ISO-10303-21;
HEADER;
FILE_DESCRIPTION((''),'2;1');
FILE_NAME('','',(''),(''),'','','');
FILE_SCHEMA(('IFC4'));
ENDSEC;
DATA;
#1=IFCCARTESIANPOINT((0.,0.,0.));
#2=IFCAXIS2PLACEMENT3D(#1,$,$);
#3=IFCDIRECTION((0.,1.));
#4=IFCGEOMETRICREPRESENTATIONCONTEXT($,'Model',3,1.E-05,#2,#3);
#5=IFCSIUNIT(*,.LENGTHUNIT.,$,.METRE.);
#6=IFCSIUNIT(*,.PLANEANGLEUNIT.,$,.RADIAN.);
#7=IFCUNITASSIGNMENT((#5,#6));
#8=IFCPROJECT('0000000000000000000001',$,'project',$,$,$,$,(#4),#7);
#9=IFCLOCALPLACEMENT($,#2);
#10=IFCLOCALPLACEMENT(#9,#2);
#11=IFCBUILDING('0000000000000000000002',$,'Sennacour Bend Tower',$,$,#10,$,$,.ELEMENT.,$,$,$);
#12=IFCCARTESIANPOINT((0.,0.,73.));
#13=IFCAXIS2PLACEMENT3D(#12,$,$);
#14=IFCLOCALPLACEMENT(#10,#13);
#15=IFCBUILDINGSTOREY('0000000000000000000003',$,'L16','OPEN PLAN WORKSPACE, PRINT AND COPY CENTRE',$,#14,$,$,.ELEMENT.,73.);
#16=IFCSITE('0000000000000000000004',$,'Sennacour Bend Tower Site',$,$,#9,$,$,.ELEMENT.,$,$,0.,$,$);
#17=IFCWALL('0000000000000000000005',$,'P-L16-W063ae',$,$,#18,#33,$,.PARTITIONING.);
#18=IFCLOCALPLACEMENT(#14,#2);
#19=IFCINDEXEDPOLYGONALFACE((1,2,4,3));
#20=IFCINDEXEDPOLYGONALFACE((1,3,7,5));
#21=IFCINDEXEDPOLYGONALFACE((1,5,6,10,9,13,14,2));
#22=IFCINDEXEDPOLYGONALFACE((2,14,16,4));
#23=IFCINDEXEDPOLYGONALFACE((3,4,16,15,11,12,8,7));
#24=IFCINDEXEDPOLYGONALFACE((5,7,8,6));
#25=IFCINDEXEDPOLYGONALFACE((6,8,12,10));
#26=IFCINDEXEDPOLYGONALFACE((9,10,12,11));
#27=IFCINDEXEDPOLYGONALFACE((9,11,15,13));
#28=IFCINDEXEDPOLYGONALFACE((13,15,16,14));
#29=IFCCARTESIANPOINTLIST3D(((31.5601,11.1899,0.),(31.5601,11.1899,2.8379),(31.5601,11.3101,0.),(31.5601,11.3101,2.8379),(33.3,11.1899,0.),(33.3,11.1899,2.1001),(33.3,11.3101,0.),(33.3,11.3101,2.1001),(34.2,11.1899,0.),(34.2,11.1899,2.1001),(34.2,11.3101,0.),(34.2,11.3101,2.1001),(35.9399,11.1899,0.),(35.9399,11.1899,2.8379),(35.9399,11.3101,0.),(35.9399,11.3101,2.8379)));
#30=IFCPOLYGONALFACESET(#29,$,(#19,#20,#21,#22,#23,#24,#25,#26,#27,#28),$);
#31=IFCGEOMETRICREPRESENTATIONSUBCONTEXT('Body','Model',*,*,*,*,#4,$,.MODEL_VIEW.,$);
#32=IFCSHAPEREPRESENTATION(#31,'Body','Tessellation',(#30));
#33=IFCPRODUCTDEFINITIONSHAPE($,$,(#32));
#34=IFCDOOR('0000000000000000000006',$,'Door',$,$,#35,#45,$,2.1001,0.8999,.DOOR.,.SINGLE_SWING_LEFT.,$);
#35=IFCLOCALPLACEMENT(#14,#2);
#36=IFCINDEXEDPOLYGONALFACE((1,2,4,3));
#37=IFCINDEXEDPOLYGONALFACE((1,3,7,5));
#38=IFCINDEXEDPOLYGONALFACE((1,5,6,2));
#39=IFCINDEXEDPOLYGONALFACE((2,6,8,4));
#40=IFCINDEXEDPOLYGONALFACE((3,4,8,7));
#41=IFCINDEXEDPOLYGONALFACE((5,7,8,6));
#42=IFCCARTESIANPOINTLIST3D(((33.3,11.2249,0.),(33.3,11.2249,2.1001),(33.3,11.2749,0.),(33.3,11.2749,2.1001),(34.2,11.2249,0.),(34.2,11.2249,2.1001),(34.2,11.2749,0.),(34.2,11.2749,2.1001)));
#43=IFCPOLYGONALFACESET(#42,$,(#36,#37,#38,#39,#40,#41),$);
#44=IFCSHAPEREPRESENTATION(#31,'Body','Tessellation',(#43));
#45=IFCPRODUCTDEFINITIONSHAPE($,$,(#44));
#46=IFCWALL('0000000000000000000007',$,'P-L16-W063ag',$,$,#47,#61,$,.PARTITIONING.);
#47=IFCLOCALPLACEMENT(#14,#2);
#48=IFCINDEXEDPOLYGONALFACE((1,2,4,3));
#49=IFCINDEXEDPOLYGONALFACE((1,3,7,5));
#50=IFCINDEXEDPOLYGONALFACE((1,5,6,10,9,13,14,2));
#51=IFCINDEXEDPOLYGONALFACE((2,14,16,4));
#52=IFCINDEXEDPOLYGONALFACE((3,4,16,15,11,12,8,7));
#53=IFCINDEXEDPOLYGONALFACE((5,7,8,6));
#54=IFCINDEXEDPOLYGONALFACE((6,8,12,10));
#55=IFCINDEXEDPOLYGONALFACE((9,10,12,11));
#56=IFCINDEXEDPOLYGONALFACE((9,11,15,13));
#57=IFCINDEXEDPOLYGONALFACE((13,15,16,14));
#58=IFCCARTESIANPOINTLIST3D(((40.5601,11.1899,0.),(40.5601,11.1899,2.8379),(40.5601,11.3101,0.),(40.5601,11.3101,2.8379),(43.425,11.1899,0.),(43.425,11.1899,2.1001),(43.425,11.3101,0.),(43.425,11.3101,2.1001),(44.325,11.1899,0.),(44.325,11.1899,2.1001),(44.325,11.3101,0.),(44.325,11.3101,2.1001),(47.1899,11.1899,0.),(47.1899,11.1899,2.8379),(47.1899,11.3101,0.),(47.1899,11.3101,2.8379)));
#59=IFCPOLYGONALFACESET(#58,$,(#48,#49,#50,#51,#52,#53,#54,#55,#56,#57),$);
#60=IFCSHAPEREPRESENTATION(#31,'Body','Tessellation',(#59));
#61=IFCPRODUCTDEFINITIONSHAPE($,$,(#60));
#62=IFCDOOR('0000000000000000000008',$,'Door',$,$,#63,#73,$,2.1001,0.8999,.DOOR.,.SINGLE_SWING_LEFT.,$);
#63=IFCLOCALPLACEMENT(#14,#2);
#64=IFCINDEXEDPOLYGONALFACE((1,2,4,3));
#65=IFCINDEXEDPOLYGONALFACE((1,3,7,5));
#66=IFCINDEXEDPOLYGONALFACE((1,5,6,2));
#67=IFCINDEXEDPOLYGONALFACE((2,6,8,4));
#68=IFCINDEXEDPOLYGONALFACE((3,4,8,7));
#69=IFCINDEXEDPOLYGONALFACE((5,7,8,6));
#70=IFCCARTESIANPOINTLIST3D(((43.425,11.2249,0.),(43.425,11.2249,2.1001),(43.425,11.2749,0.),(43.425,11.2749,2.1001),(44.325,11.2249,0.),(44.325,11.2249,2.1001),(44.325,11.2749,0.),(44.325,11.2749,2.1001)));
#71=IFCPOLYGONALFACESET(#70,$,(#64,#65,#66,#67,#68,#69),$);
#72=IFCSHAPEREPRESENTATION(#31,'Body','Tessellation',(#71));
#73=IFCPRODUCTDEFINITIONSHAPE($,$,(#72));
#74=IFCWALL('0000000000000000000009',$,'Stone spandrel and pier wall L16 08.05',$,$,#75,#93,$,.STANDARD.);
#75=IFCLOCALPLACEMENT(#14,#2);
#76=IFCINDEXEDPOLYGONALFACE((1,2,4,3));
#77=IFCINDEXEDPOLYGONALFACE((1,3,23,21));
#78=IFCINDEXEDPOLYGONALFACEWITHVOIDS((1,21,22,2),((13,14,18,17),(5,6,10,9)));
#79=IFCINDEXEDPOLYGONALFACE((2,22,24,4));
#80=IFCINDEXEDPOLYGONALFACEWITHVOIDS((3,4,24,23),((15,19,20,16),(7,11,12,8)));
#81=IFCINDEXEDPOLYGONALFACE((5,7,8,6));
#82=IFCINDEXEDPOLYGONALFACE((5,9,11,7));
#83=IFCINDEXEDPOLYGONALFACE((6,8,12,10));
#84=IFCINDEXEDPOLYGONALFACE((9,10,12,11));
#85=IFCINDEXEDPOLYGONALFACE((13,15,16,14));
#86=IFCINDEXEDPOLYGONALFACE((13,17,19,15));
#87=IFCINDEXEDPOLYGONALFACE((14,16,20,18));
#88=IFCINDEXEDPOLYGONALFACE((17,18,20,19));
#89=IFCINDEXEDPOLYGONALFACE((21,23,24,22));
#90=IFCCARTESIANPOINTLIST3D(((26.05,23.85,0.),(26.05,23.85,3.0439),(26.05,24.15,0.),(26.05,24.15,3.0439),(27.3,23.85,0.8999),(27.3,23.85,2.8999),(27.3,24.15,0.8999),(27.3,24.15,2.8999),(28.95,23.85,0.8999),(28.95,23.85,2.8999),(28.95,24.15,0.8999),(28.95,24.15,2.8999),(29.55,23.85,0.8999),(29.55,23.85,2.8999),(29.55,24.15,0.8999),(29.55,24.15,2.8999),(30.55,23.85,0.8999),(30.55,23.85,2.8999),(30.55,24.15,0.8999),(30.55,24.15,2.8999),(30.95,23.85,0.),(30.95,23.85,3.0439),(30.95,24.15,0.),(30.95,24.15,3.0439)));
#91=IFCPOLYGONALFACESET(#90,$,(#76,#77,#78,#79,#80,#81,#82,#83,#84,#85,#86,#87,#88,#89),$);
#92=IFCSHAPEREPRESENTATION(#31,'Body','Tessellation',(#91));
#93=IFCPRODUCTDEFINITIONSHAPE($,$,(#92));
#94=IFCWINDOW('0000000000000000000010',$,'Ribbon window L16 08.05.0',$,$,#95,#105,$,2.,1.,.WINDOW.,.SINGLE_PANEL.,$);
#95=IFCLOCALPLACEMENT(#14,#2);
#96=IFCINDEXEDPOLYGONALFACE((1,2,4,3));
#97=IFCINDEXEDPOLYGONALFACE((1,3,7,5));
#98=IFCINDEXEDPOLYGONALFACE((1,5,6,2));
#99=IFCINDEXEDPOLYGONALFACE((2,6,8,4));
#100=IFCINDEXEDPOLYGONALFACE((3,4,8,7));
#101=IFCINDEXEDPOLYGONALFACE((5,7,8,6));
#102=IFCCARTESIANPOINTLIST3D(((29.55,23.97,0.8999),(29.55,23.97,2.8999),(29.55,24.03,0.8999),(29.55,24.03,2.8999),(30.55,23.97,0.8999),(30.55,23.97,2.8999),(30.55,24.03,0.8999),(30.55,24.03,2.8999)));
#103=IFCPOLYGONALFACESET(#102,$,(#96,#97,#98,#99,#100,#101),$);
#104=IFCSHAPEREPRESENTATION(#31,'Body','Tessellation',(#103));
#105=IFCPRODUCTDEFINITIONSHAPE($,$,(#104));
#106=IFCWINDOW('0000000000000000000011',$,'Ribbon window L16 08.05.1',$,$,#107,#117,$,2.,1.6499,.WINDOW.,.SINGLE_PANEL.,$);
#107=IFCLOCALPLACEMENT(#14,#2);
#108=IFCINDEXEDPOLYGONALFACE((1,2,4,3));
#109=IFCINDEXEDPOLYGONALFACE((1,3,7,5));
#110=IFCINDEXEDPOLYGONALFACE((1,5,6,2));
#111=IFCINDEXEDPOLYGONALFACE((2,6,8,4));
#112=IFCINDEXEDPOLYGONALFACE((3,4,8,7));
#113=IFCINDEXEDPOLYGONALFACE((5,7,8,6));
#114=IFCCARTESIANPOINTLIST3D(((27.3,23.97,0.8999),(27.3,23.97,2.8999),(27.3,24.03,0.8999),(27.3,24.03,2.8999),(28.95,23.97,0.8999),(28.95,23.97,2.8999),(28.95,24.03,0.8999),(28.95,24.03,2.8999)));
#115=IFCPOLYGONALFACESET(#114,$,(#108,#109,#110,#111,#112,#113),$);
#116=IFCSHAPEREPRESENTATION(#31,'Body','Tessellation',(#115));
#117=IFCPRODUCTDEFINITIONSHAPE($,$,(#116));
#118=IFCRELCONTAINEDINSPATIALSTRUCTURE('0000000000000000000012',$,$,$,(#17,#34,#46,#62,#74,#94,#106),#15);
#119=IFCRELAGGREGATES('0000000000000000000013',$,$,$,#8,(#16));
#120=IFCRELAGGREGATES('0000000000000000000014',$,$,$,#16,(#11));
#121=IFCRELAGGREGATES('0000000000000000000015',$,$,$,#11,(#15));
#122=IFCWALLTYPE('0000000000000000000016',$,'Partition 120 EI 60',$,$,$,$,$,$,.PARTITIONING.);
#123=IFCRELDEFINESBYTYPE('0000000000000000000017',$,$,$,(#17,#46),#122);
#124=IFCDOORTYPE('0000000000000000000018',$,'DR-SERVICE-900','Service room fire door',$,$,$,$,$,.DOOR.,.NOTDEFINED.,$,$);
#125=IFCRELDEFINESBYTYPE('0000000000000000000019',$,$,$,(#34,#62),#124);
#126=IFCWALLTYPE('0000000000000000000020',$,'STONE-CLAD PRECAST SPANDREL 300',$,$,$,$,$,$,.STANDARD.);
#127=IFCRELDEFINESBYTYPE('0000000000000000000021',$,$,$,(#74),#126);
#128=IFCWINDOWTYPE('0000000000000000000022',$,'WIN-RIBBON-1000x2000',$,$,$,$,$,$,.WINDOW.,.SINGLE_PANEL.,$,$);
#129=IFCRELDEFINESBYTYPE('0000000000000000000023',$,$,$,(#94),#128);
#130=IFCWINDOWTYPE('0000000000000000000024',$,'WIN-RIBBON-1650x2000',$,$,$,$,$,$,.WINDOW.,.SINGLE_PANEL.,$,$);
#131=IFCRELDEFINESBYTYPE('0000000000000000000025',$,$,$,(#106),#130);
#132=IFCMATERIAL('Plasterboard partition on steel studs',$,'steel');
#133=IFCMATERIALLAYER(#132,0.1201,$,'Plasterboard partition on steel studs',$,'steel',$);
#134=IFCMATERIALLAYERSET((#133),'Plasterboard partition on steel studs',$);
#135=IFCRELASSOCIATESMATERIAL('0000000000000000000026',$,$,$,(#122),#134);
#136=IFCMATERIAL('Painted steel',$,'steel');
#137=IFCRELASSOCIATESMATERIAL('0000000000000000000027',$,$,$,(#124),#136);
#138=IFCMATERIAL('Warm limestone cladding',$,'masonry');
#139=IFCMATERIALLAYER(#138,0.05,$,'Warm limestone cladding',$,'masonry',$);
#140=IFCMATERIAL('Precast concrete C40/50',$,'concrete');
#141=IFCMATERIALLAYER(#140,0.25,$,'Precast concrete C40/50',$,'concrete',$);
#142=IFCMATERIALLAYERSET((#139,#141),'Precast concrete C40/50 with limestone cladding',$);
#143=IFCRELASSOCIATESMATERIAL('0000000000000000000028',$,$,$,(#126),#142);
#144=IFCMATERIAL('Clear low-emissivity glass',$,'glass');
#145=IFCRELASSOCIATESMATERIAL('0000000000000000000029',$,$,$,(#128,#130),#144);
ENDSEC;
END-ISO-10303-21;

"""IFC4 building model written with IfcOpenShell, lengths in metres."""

from ifc_helpers import new_model, si_unit, direction, frame, frame_2d, origin, place, context, subcontext, project, spatial, rectangle, extrude, material, layer, layer_set, type_object, element, fill, save


model = new_model("IFC4")

# Units and contexts
model_context = context("Model", 3, precision=1e-05, world=origin(), true_north=direction((0.0, 1.0)))
body_context = subcontext(model_context, "Body", "Model", "MODEL_VIEW")
ifc_project = project(units=[si_unit("LENGTHUNIT", "METRE"), si_unit("PLANEANGLEUNIT", "RADIAN")], contexts=[model_context])

# Site, building, storey
site_placement = place(None, origin())
site = spatial("IfcSite", under=ifc_project, at=site_placement, Name="Sennacour Bend Tower Site", CompositionType="ELEMENT", RefElevation=0.0)
building_placement = place(site_placement, origin())
building = spatial("IfcBuilding", under=site, at=building_placement, Name="Sennacour Bend Tower", CompositionType="ELEMENT")
storey_placement = place(building_placement, frame((0.0, 0.0, 73.0)))
storey = spatial("IfcBuildingStorey", under=building, at=storey_placement, Name="L16", Description="OPEN PLAN WORKSPACE, PRINT AND COPY CENTRE", CompositionType="ELEMENT", Elevation=73.0)

# Shared definitions
ifc_material_1 = material(Name="Plasterboard partition on steel studs", Category="steel")

# Walls, openings, doors
ifc_layer_1 = layer(ifc_material_1, 0.1201, Name="Plasterboard partition on steel studs", Category="steel")
ifc_layer_set_1 = layer_set([ifc_layer_1], Name="Plasterboard partition on steel studs")
wall_type_1 = type_object("IfcWallType", Name="Partition 120 EI 60", PredefinedType="PARTITIONING", material=ifc_layer_set_1)
wall_1_placement = place(storey_placement, frame((31.5601, 11.25, 0.0), z_axis=(0.0, 0.0, 1.0), x_axis=(1.0, 0.0, 0.0)))
wall_1 = element("IfcWall", 1, at=wall_1_placement, inside=storey, type_object=wall_type_1, Name="P-L16-W063ae", PredefinedType="PARTITIONING", context=body_context, shape_type="SweptSolid", body=[
    extrude(rectangle(XDim=4.3799, YDim=0.1201, at=frame_2d((2.1899, 0.0))), origin(), (0.0, 0.0, 1.0), 2.8379),
])
opening_1_placement = place(wall_1_placement, frame((1.74, 0.0, 0.0)))
opening_1 = element("IfcOpeningElement", 2, at=opening_1_placement, cuts=wall_1, PredefinedType="OPENING", context=body_context, shape_type="SweptSolid", body=[
    extrude(rectangle(XDim=0.8999, YDim=2.1001, at=frame_2d((0.45, 1.05))), frame((0.0, 0.0701, 0.0), z_axis=(0.0, -1.0, 0.0), x_axis=(1.0, 0.0, 0.0)), (0.0, 0.0, 1.0), 0.1401),
])
ifc_material_2 = material(Name="Painted steel", Category="steel")
door_type_1 = type_object("IfcDoorType", Name="DR-SERVICE-900", Description="Service room fire door", OperationType="NOTDEFINED", PredefinedType="DOOR", material=ifc_material_2)
door_1_placement = place(opening_1_placement, origin())
door_1 = element("IfcDoor", 3, at=door_1_placement, inside=storey, type_object=door_type_1, Name="Door", OperationType="SINGLE_SWING_LEFT", OverallHeight=2.1001, OverallWidth=0.8999, PredefinedType="DOOR", context=body_context, shape_type="SweptSolid", body=[
    extrude(rectangle(XDim=0.8999, YDim=2.1001, at=frame_2d((0.45, 1.05))), frame((0.0, 0.0249, 0.0), z_axis=(0.0, -1.0, 0.0), x_axis=(1.0, 0.0, 0.0)), (0.0, 0.0, 1.0), 0.05),
])
fill(opening_1, door_1)
wall_2_placement = place(storey_placement, frame((40.5601, 11.25, 0.0), z_axis=(0.0, 0.0, 1.0), x_axis=(1.0, 0.0, 0.0)))
wall_2 = element("IfcWall", 4, at=wall_2_placement, inside=storey, type_object=wall_type_1, Name="P-L16-W063ag", PredefinedType="PARTITIONING", context=body_context, shape_type="SweptSolid", body=[
    extrude(rectangle(XDim=6.6299, YDim=0.1201, at=frame_2d((3.3149, 0.0))), origin(), (0.0, 0.0, 1.0), 2.8379),
])
opening_2_placement = place(wall_2_placement, frame((2.865, 0.0, 0.0)))
opening_2 = element("IfcOpeningElement", 5, at=opening_2_placement, cuts=wall_2, PredefinedType="OPENING", context=body_context, shape_type="SweptSolid", body=[
    extrude(rectangle(XDim=0.8999, YDim=2.1001, at=frame_2d((0.45, 1.05))), frame((0.0, 0.0701, 0.0), z_axis=(0.0, -1.0, 0.0), x_axis=(1.0, 0.0, 0.0)), (0.0, 0.0, 1.0), 0.1401),
])
door_2_placement = place(opening_2_placement, origin())
door_2 = element("IfcDoor", 6, at=door_2_placement, inside=storey, type_object=door_type_1, Name="Door", OperationType="SINGLE_SWING_LEFT", OverallHeight=2.1001, OverallWidth=0.8999, PredefinedType="DOOR", context=body_context, shape_type="SweptSolid", body=[
    extrude(rectangle(XDim=0.8999, YDim=2.1001, at=frame_2d((0.45, 1.05))), frame((0.0, 0.0249, 0.0), z_axis=(0.0, -1.0, 0.0), x_axis=(1.0, 0.0, 0.0)), (0.0, 0.0, 1.0), 0.05),
])
fill(opening_2, door_2)

# Wall, openings, windows
ifc_material_3 = material(Name="Warm limestone cladding", Category="masonry")
ifc_layer_2 = layer(ifc_material_3, 0.05, Name="Warm limestone cladding", Category="masonry")
ifc_material_4 = material(Name="Precast concrete C40/50", Category="concrete")
ifc_layer_3 = layer(ifc_material_4, 0.25, Name="Precast concrete C40/50", Category="concrete")
ifc_layer_set_2 = layer_set([ifc_layer_2, ifc_layer_3], Name="Precast concrete C40/50 with limestone cladding")
wall_type_2 = type_object("IfcWallType", Name="STONE-CLAD PRECAST SPANDREL 300", PredefinedType="STANDARD", material=ifc_layer_set_2)
wall_3_placement = place(storey_placement, frame((30.95, 24.0, 0.0), z_axis=(0.0, 0.0, 1.0), x_axis=(-1.0, 0.0, 0.0)))
wall_3 = element("IfcWall", 7, at=wall_3_placement, inside=storey, type_object=wall_type_2, Name="Stone spandrel and pier wall L16 08.05", PredefinedType="STANDARD", context=body_context, shape_type="SweptSolid", body=[
    extrude(rectangle(XDim=4.8999, YDim=0.3, at=frame_2d((2.45, 0.0))), origin(), (0.0, 0.0, 1.0), 3.0439),
])
opening_3_placement = place(wall_3_placement, frame((0.3999, 0.0, 0.8999)))
opening_3 = element("IfcOpeningElement", 8, at=opening_3_placement, cuts=wall_3, PredefinedType="OPENING", context=body_context, shape_type="SweptSolid", body=[
    extrude(rectangle(XDim=1.0, YDim=2.0, at=frame_2d((0.5, 1.0))), frame((0.0, 0.1602, 0.0), z_axis=(0.0, -1.0, 0.0), x_axis=(1.0, 0.0, 0.0)), (0.0, 0.0, 1.0), 0.3201),
])
opening_4_placement = place(wall_3_placement, frame((2.0, 0.0, 0.8999)))
opening_4 = element("IfcOpeningElement", 9, at=opening_4_placement, cuts=wall_3, PredefinedType="OPENING", context=body_context, shape_type="SweptSolid", body=[
    extrude(rectangle(XDim=1.6499, YDim=2.0, at=frame_2d((0.825, 1.0))), frame((0.0, 0.1602, 0.0), z_axis=(0.0, -1.0, 0.0), x_axis=(1.0, 0.0, 0.0)), (0.0, 0.0, 1.0), 0.3201),
])
ifc_material_5 = material(Name="Clear low-emissivity glass", Category="glass")
window_type_1 = type_object("IfcWindowType", Name="WIN-RIBBON-1000x2000", PartitioningType="SINGLE_PANEL", PredefinedType="WINDOW", material=ifc_material_5)
window_1_placement = place(opening_3_placement, origin())
window_1 = element("IfcWindow", 10, at=window_1_placement, inside=storey, type_object=window_type_1, Name="Ribbon window L16 08.05.0", OverallHeight=2.0, OverallWidth=1.0, PartitioningType="SINGLE_PANEL", PredefinedType="WINDOW", context=body_context, shape_type="SweptSolid", body=[
    extrude(rectangle(XDim=1.0, YDim=2.0, at=frame_2d((0.5, 1.0))), frame((0.0, 0.03, 0.0), z_axis=(0.0, -1.0, 0.0), x_axis=(1.0, 0.0, 0.0)), (0.0, 0.0, 1.0), 0.0601),
])
fill(opening_3, window_1)
window_type_2 = type_object("IfcWindowType", Name="WIN-RIBBON-1650x2000", PartitioningType="SINGLE_PANEL", PredefinedType="WINDOW", material=ifc_material_5)
window_2_placement = place(opening_4_placement, origin())
window_2 = element("IfcWindow", 11, at=window_2_placement, inside=storey, type_object=window_type_2, Name="Ribbon window L16 08.05.1", OverallHeight=2.0, OverallWidth=1.6499, PartitioningType="SINGLE_PANEL", PredefinedType="WINDOW", context=body_context, shape_type="SweptSolid", body=[
    extrude(rectangle(XDim=1.6499, YDim=2.0, at=frame_2d((0.825, 1.0))), frame((0.0, 0.03, 0.0), z_axis=(0.0, -1.0, 0.0), x_axis=(1.0, 0.0, 0.0)), (0.0, 0.0, 1.0), 0.0601),
])
fill(opening_4, window_2)

save(model, "model.ifc")
